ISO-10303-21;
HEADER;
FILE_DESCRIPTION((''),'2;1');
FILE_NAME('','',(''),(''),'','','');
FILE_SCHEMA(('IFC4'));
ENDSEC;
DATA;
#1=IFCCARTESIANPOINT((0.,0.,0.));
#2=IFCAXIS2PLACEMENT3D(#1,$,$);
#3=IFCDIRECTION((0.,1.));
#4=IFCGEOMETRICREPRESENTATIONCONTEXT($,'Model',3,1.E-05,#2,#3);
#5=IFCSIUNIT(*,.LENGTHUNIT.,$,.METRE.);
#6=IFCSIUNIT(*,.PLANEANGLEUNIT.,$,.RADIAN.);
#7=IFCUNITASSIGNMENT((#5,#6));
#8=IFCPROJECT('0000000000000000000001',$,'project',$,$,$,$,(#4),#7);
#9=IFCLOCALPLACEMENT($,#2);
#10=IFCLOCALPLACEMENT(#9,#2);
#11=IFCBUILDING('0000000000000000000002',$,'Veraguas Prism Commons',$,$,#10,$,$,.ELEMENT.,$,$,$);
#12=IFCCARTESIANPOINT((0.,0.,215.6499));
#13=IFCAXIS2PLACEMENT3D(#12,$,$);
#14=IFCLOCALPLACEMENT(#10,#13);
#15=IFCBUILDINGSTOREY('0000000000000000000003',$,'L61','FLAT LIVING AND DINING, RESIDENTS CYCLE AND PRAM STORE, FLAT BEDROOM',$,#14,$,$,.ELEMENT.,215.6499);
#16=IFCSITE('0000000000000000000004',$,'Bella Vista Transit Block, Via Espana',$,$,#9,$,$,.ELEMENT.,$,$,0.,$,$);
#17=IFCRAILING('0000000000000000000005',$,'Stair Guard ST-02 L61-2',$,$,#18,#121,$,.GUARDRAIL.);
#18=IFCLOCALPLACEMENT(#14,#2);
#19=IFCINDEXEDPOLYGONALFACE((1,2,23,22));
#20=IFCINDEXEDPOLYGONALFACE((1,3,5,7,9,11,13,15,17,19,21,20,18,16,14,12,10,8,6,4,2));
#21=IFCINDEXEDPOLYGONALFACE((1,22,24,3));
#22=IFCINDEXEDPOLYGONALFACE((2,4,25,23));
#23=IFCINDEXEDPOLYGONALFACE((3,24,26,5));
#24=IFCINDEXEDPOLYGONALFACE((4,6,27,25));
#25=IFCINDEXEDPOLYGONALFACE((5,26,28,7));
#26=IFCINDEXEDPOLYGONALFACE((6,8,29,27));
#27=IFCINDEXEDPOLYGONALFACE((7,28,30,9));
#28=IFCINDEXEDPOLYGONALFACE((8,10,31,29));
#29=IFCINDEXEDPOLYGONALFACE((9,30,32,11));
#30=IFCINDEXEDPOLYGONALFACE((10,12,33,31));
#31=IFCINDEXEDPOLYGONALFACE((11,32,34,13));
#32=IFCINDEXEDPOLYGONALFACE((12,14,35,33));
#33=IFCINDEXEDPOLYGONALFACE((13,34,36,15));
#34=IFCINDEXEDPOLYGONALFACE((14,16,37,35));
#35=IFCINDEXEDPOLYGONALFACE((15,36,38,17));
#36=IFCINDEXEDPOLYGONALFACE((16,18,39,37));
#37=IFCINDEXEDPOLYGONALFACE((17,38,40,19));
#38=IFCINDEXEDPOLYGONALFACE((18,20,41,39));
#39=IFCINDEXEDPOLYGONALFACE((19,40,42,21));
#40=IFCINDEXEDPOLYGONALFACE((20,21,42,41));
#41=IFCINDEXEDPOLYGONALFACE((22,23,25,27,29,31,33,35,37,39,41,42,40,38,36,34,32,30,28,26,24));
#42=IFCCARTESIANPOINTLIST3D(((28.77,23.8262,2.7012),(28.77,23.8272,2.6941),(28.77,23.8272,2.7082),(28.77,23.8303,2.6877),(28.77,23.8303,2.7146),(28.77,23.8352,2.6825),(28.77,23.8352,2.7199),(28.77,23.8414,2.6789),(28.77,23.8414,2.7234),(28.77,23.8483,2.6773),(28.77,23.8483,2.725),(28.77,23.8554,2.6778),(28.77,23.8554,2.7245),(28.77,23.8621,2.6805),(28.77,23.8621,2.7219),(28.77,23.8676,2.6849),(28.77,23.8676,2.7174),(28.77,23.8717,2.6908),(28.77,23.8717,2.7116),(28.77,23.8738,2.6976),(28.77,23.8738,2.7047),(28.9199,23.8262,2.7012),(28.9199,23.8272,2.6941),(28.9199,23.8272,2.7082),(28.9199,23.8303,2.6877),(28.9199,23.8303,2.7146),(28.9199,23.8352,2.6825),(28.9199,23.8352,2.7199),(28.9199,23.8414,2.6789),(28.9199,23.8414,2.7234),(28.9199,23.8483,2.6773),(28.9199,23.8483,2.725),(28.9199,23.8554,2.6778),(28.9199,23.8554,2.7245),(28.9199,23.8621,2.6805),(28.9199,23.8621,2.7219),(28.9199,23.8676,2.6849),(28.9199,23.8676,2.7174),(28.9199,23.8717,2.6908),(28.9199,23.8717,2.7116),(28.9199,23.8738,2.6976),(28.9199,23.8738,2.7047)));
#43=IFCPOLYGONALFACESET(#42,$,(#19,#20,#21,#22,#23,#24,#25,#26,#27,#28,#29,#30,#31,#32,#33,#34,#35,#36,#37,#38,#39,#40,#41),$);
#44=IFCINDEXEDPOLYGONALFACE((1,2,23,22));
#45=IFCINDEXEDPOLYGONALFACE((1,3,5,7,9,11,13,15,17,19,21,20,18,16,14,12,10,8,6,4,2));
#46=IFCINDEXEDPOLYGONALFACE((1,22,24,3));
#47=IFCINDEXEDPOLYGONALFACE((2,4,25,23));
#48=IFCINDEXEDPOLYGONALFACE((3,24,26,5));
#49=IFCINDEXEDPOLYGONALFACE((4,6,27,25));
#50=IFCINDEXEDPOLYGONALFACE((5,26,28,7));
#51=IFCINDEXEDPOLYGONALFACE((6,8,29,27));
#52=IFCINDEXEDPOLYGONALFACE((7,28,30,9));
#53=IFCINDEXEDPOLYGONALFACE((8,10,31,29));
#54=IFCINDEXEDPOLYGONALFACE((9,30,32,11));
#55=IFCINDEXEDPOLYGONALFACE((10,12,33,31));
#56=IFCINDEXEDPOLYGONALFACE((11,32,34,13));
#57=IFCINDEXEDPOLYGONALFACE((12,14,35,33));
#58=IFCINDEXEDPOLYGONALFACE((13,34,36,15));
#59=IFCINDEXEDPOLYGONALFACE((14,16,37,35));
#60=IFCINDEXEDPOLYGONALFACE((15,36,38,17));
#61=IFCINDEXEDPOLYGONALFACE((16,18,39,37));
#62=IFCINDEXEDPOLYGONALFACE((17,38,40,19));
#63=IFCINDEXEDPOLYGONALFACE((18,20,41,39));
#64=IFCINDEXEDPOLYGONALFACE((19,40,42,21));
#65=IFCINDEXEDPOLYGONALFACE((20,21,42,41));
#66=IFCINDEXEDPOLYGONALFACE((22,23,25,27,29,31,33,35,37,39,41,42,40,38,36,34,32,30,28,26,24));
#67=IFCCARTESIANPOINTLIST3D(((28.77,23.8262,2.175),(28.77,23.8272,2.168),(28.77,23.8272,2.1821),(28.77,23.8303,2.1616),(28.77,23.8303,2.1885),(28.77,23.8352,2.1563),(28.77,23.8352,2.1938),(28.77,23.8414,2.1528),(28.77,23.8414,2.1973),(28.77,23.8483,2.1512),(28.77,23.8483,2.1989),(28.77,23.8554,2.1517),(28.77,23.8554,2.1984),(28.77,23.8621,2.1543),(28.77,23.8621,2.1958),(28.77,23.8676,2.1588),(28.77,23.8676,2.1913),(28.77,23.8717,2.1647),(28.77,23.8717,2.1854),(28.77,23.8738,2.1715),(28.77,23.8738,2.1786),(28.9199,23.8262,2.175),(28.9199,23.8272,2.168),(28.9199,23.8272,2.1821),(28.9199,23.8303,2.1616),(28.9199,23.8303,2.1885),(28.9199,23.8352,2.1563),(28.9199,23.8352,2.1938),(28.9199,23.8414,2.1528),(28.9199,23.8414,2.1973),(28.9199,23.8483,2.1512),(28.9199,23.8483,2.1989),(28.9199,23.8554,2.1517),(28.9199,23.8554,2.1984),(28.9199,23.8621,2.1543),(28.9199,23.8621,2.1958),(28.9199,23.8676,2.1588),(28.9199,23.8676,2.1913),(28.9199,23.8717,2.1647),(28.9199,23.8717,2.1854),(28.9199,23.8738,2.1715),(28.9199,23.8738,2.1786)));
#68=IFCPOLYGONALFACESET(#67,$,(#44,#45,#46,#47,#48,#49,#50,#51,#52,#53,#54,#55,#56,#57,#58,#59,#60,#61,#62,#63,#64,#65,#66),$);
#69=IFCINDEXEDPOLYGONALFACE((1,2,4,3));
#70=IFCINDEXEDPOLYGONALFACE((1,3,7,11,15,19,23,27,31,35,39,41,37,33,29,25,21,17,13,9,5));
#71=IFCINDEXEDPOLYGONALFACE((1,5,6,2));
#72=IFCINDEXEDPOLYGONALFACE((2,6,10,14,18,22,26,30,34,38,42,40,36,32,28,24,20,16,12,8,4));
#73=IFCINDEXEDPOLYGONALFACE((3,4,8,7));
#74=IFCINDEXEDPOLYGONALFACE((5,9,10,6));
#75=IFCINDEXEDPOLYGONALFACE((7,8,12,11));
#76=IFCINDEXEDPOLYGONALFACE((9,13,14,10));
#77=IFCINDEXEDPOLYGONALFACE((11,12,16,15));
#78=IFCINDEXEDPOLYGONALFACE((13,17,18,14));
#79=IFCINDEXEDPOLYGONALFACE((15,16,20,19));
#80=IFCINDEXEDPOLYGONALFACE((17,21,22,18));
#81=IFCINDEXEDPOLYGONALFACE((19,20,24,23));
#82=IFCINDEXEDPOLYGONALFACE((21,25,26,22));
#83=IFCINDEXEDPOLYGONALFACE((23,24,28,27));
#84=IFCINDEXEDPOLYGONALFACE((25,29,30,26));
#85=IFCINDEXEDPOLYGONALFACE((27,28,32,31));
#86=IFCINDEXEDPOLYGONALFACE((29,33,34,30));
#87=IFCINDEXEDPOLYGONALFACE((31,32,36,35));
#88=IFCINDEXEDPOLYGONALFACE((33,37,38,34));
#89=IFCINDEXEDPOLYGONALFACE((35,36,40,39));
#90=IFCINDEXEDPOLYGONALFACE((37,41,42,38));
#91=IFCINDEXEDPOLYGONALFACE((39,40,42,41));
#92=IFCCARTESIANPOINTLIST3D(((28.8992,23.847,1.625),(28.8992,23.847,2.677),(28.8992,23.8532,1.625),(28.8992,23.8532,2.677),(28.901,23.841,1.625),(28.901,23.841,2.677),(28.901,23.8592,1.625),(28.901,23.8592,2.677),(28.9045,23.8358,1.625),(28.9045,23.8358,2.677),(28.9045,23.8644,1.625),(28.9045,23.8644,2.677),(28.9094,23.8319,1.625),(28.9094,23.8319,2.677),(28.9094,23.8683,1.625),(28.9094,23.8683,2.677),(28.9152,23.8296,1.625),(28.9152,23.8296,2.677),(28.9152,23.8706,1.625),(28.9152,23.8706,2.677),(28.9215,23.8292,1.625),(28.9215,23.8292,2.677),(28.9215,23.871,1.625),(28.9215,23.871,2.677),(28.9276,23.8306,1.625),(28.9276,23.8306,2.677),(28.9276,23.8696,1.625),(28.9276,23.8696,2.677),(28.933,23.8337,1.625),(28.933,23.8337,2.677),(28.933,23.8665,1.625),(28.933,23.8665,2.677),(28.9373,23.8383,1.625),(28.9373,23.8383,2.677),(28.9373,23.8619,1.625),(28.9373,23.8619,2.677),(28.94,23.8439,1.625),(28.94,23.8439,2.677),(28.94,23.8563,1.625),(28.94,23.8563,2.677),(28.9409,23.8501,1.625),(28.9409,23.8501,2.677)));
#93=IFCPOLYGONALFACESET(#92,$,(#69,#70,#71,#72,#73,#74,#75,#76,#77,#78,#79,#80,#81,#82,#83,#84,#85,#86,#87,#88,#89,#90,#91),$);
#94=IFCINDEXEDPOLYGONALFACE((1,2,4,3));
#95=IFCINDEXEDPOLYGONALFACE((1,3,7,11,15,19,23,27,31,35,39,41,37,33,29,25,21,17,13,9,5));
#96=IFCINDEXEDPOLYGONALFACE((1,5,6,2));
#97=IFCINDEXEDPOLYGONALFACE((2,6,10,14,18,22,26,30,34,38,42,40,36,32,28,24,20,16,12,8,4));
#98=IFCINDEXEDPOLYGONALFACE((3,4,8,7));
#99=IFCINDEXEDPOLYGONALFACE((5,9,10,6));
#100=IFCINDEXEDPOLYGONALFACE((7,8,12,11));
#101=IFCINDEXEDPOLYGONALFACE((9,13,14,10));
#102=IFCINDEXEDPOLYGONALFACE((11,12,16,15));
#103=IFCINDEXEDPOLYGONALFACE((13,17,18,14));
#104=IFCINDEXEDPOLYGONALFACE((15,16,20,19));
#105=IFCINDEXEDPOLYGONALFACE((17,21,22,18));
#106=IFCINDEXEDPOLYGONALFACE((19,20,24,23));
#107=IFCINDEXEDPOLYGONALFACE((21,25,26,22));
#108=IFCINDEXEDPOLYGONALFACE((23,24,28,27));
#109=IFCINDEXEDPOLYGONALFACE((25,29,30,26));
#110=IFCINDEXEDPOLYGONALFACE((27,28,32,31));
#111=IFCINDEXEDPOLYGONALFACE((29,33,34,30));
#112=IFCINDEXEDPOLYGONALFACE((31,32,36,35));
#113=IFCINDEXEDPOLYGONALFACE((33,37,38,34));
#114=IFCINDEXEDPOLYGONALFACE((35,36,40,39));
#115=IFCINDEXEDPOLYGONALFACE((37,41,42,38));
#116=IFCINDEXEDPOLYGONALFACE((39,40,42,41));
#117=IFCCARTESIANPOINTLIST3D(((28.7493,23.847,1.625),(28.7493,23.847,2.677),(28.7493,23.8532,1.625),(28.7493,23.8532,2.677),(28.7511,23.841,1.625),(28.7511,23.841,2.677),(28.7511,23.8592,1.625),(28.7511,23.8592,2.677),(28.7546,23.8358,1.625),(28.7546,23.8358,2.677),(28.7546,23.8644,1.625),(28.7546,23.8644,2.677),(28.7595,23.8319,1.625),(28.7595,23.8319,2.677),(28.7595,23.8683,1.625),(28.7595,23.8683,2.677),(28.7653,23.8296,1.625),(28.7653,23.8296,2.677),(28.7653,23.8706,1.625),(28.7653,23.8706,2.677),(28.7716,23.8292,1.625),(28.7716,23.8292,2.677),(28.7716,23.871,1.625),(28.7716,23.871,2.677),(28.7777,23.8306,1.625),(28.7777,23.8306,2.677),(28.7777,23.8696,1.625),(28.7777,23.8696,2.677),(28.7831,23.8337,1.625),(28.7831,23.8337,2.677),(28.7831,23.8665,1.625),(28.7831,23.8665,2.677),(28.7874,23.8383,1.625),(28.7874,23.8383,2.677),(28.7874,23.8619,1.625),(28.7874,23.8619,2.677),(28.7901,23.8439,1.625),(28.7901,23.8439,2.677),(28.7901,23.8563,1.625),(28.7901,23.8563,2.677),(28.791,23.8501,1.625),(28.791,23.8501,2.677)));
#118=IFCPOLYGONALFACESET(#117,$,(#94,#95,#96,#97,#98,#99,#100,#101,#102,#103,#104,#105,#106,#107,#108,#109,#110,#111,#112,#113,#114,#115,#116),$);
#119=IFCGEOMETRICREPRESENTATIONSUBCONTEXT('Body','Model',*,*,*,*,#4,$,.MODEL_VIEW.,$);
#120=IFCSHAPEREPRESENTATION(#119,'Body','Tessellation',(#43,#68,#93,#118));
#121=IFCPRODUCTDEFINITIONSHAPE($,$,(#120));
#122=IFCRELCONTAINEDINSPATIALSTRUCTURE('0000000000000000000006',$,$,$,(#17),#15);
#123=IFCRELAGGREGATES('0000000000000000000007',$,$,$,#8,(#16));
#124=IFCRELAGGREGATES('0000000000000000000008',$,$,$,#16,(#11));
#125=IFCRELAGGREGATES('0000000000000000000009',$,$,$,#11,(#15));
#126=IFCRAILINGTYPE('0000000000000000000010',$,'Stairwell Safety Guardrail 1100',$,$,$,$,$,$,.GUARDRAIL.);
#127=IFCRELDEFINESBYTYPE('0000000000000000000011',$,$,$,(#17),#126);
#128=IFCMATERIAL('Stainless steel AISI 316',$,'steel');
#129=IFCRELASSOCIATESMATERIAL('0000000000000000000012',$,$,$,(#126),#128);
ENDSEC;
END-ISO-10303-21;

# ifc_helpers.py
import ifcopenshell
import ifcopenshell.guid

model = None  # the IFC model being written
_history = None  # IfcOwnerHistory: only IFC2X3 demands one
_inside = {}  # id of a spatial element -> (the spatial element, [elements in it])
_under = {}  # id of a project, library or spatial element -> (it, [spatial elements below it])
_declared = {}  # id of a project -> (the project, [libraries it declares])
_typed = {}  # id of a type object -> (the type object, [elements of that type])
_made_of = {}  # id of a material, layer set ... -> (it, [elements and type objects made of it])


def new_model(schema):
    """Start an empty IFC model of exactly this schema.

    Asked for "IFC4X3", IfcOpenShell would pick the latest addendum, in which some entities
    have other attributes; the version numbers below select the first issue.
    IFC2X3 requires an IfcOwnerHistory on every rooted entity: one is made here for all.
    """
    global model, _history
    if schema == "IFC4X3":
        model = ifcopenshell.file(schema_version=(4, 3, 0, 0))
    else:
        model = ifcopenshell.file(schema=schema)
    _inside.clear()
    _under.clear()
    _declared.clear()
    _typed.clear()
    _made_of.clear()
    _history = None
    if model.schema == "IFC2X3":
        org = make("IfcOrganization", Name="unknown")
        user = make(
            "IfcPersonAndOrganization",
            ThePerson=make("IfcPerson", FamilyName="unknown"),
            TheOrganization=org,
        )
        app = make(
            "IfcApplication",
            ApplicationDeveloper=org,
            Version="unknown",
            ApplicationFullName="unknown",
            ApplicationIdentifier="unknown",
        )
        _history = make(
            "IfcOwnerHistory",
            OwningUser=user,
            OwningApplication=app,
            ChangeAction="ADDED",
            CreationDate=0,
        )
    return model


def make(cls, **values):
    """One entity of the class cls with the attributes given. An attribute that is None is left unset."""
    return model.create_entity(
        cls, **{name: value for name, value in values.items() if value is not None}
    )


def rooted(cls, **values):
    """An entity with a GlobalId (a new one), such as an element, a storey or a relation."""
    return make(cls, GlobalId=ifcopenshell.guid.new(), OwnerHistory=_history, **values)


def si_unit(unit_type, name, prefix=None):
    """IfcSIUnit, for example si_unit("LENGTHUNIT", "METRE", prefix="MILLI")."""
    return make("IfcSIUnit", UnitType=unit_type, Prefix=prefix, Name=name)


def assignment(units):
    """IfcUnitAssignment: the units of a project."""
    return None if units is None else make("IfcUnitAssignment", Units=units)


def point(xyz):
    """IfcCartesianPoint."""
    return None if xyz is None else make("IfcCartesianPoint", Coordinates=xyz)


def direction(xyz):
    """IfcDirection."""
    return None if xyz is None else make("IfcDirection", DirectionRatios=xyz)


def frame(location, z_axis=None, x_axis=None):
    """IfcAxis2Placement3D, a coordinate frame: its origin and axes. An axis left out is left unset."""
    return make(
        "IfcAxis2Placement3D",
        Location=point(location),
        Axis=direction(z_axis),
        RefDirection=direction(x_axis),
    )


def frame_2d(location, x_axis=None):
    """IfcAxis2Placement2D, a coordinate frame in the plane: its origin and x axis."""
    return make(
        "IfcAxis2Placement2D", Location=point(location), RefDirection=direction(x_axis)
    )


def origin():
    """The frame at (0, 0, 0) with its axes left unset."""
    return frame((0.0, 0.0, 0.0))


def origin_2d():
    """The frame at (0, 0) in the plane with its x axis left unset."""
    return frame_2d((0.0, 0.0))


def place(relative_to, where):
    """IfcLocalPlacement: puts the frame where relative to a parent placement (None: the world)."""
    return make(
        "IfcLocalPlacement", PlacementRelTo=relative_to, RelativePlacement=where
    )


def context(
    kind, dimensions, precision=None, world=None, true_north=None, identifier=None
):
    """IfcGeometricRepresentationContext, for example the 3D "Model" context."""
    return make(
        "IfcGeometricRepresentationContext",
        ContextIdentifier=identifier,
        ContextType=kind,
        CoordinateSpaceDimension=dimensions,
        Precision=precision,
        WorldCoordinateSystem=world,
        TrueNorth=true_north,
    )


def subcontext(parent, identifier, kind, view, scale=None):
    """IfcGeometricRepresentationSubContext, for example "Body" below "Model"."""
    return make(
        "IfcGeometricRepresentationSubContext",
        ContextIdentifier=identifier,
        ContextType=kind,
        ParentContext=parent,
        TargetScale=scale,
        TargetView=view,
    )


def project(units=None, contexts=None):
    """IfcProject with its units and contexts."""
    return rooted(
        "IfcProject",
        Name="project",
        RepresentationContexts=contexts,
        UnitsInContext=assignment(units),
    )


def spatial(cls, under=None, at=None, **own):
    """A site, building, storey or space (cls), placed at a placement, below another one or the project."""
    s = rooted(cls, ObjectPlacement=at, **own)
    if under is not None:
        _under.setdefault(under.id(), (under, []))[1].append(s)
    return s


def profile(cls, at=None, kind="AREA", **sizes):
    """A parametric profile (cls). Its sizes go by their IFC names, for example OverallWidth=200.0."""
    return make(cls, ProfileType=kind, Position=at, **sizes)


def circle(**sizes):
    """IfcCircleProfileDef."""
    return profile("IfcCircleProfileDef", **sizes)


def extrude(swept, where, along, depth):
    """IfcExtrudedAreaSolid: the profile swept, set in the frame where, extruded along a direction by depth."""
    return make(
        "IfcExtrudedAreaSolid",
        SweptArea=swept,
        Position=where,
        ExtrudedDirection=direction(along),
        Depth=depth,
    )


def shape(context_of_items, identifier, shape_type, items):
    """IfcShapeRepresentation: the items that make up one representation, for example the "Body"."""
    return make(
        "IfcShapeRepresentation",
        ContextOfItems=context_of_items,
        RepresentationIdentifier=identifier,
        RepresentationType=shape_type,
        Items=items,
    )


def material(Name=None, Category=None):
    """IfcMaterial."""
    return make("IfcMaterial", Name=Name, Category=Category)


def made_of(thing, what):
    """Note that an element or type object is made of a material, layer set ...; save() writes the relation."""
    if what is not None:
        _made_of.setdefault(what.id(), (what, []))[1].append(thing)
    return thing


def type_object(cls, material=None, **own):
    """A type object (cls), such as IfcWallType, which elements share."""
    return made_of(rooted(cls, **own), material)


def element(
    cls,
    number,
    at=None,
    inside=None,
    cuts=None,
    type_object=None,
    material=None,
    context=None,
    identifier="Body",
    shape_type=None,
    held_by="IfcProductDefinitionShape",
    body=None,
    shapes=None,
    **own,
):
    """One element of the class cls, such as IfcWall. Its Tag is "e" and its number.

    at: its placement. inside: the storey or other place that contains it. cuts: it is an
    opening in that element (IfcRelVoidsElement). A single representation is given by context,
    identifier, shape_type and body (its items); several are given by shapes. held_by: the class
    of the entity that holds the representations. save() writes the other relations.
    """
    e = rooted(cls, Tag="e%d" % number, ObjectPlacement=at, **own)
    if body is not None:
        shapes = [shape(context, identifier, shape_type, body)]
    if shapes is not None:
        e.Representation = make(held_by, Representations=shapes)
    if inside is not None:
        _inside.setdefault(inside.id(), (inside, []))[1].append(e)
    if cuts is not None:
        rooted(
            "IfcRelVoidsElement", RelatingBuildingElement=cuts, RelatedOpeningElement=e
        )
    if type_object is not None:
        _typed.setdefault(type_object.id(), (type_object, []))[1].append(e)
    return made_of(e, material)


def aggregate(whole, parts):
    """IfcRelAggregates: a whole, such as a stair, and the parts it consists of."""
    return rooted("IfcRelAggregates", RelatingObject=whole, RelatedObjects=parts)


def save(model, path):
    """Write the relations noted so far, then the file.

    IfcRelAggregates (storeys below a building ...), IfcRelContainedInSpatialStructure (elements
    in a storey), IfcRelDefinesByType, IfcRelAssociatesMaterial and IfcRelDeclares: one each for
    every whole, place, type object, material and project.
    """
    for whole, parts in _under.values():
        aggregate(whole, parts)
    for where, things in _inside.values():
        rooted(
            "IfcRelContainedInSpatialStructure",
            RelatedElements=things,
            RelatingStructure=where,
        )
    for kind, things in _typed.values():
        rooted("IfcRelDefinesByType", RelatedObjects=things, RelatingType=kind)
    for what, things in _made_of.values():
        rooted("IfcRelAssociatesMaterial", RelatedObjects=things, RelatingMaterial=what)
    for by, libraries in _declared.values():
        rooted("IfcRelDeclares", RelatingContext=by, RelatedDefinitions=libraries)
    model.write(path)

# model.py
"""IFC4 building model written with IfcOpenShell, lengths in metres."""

from ifc_helpers import new_model, si_unit, direction, frame, origin, origin_2d, place, context, subcontext, project, spatial, circle, extrude, material, type_object, element, save


model = new_model("IFC4")

# Units and contexts
model_context = context("Model", 3, precision=1e-05, world=origin(), true_north=direction((0.0, 1.0)))
body_context = subcontext(model_context, "Body", "Model", "MODEL_VIEW")
ifc_project = project(units=[si_unit("LENGTHUNIT", "METRE"), si_unit("PLANEANGLEUNIT", "RADIAN")], contexts=[model_context])

# Site, building, storey
site_placement = place(None, origin())
site = spatial("IfcSite", under=ifc_project, at=site_placement, Name="Bella Vista Transit Block, Via Espana", CompositionType="ELEMENT", RefElevation=0.0)
building_placement = place(site_placement, origin())
building = spatial("IfcBuilding", under=site, at=building_placement, Name="Veraguas Prism Commons", CompositionType="ELEMENT")
storey_placement = place(building_placement, frame((0.0, 0.0, 215.6499)))
storey = spatial("IfcBuildingStorey", under=building, at=storey_placement, Name="L61", Description="FLAT LIVING AND DINING, RESIDENTS CYCLE AND PRAM STORE, FLAT BEDROOM", CompositionType="ELEMENT", Elevation=215.6499)

# Railing
ifc_material_1 = material(Name="Stainless steel AISI 316", Category="steel")
railing_type_1 = type_object("IfcRailingType", Name="Stairwell Safety Guardrail 1100", PredefinedType="GUARDRAIL", material=ifc_material_1)
railing_1_placement = place(storey_placement, frame((28.9199, 23.8501, 1.625)))
element("IfcRailing", 1, at=railing_1_placement, inside=storey, type_object=railing_type_1, Name="Stair Guard ST-02 L61-2", PredefinedType="GUARDRAIL", context=body_context, shape_type="SweptSolid", body=[
    extrude(circle(Radius=0.0239, at=origin_2d()), frame((0.0, 0.0, 1.0762), z_axis=(-1.0, 0.0, 0.0), x_axis=(0.0, -1.0, 0.0)), (0.0, 0.0, 1.0), 0.1499),
    extrude(circle(Radius=0.0239, at=origin_2d()), frame((0.0, 0.0, 0.55), z_axis=(-1.0, 0.0, 0.0), x_axis=(0.0, -1.0, 0.0)), (0.0, 0.0, 1.0), 0.1499),
    extrude(circle(Radius=0.021, at=origin_2d()), origin(), (0.0, 0.0, 1.0), 1.052),
    extrude(circle(Radius=0.021, at=origin_2d()), frame((-0.1499, 0.0, 0.0)), (0.0, 0.0, 1.0), 1.052),
])

save(model, "model.ifc")
